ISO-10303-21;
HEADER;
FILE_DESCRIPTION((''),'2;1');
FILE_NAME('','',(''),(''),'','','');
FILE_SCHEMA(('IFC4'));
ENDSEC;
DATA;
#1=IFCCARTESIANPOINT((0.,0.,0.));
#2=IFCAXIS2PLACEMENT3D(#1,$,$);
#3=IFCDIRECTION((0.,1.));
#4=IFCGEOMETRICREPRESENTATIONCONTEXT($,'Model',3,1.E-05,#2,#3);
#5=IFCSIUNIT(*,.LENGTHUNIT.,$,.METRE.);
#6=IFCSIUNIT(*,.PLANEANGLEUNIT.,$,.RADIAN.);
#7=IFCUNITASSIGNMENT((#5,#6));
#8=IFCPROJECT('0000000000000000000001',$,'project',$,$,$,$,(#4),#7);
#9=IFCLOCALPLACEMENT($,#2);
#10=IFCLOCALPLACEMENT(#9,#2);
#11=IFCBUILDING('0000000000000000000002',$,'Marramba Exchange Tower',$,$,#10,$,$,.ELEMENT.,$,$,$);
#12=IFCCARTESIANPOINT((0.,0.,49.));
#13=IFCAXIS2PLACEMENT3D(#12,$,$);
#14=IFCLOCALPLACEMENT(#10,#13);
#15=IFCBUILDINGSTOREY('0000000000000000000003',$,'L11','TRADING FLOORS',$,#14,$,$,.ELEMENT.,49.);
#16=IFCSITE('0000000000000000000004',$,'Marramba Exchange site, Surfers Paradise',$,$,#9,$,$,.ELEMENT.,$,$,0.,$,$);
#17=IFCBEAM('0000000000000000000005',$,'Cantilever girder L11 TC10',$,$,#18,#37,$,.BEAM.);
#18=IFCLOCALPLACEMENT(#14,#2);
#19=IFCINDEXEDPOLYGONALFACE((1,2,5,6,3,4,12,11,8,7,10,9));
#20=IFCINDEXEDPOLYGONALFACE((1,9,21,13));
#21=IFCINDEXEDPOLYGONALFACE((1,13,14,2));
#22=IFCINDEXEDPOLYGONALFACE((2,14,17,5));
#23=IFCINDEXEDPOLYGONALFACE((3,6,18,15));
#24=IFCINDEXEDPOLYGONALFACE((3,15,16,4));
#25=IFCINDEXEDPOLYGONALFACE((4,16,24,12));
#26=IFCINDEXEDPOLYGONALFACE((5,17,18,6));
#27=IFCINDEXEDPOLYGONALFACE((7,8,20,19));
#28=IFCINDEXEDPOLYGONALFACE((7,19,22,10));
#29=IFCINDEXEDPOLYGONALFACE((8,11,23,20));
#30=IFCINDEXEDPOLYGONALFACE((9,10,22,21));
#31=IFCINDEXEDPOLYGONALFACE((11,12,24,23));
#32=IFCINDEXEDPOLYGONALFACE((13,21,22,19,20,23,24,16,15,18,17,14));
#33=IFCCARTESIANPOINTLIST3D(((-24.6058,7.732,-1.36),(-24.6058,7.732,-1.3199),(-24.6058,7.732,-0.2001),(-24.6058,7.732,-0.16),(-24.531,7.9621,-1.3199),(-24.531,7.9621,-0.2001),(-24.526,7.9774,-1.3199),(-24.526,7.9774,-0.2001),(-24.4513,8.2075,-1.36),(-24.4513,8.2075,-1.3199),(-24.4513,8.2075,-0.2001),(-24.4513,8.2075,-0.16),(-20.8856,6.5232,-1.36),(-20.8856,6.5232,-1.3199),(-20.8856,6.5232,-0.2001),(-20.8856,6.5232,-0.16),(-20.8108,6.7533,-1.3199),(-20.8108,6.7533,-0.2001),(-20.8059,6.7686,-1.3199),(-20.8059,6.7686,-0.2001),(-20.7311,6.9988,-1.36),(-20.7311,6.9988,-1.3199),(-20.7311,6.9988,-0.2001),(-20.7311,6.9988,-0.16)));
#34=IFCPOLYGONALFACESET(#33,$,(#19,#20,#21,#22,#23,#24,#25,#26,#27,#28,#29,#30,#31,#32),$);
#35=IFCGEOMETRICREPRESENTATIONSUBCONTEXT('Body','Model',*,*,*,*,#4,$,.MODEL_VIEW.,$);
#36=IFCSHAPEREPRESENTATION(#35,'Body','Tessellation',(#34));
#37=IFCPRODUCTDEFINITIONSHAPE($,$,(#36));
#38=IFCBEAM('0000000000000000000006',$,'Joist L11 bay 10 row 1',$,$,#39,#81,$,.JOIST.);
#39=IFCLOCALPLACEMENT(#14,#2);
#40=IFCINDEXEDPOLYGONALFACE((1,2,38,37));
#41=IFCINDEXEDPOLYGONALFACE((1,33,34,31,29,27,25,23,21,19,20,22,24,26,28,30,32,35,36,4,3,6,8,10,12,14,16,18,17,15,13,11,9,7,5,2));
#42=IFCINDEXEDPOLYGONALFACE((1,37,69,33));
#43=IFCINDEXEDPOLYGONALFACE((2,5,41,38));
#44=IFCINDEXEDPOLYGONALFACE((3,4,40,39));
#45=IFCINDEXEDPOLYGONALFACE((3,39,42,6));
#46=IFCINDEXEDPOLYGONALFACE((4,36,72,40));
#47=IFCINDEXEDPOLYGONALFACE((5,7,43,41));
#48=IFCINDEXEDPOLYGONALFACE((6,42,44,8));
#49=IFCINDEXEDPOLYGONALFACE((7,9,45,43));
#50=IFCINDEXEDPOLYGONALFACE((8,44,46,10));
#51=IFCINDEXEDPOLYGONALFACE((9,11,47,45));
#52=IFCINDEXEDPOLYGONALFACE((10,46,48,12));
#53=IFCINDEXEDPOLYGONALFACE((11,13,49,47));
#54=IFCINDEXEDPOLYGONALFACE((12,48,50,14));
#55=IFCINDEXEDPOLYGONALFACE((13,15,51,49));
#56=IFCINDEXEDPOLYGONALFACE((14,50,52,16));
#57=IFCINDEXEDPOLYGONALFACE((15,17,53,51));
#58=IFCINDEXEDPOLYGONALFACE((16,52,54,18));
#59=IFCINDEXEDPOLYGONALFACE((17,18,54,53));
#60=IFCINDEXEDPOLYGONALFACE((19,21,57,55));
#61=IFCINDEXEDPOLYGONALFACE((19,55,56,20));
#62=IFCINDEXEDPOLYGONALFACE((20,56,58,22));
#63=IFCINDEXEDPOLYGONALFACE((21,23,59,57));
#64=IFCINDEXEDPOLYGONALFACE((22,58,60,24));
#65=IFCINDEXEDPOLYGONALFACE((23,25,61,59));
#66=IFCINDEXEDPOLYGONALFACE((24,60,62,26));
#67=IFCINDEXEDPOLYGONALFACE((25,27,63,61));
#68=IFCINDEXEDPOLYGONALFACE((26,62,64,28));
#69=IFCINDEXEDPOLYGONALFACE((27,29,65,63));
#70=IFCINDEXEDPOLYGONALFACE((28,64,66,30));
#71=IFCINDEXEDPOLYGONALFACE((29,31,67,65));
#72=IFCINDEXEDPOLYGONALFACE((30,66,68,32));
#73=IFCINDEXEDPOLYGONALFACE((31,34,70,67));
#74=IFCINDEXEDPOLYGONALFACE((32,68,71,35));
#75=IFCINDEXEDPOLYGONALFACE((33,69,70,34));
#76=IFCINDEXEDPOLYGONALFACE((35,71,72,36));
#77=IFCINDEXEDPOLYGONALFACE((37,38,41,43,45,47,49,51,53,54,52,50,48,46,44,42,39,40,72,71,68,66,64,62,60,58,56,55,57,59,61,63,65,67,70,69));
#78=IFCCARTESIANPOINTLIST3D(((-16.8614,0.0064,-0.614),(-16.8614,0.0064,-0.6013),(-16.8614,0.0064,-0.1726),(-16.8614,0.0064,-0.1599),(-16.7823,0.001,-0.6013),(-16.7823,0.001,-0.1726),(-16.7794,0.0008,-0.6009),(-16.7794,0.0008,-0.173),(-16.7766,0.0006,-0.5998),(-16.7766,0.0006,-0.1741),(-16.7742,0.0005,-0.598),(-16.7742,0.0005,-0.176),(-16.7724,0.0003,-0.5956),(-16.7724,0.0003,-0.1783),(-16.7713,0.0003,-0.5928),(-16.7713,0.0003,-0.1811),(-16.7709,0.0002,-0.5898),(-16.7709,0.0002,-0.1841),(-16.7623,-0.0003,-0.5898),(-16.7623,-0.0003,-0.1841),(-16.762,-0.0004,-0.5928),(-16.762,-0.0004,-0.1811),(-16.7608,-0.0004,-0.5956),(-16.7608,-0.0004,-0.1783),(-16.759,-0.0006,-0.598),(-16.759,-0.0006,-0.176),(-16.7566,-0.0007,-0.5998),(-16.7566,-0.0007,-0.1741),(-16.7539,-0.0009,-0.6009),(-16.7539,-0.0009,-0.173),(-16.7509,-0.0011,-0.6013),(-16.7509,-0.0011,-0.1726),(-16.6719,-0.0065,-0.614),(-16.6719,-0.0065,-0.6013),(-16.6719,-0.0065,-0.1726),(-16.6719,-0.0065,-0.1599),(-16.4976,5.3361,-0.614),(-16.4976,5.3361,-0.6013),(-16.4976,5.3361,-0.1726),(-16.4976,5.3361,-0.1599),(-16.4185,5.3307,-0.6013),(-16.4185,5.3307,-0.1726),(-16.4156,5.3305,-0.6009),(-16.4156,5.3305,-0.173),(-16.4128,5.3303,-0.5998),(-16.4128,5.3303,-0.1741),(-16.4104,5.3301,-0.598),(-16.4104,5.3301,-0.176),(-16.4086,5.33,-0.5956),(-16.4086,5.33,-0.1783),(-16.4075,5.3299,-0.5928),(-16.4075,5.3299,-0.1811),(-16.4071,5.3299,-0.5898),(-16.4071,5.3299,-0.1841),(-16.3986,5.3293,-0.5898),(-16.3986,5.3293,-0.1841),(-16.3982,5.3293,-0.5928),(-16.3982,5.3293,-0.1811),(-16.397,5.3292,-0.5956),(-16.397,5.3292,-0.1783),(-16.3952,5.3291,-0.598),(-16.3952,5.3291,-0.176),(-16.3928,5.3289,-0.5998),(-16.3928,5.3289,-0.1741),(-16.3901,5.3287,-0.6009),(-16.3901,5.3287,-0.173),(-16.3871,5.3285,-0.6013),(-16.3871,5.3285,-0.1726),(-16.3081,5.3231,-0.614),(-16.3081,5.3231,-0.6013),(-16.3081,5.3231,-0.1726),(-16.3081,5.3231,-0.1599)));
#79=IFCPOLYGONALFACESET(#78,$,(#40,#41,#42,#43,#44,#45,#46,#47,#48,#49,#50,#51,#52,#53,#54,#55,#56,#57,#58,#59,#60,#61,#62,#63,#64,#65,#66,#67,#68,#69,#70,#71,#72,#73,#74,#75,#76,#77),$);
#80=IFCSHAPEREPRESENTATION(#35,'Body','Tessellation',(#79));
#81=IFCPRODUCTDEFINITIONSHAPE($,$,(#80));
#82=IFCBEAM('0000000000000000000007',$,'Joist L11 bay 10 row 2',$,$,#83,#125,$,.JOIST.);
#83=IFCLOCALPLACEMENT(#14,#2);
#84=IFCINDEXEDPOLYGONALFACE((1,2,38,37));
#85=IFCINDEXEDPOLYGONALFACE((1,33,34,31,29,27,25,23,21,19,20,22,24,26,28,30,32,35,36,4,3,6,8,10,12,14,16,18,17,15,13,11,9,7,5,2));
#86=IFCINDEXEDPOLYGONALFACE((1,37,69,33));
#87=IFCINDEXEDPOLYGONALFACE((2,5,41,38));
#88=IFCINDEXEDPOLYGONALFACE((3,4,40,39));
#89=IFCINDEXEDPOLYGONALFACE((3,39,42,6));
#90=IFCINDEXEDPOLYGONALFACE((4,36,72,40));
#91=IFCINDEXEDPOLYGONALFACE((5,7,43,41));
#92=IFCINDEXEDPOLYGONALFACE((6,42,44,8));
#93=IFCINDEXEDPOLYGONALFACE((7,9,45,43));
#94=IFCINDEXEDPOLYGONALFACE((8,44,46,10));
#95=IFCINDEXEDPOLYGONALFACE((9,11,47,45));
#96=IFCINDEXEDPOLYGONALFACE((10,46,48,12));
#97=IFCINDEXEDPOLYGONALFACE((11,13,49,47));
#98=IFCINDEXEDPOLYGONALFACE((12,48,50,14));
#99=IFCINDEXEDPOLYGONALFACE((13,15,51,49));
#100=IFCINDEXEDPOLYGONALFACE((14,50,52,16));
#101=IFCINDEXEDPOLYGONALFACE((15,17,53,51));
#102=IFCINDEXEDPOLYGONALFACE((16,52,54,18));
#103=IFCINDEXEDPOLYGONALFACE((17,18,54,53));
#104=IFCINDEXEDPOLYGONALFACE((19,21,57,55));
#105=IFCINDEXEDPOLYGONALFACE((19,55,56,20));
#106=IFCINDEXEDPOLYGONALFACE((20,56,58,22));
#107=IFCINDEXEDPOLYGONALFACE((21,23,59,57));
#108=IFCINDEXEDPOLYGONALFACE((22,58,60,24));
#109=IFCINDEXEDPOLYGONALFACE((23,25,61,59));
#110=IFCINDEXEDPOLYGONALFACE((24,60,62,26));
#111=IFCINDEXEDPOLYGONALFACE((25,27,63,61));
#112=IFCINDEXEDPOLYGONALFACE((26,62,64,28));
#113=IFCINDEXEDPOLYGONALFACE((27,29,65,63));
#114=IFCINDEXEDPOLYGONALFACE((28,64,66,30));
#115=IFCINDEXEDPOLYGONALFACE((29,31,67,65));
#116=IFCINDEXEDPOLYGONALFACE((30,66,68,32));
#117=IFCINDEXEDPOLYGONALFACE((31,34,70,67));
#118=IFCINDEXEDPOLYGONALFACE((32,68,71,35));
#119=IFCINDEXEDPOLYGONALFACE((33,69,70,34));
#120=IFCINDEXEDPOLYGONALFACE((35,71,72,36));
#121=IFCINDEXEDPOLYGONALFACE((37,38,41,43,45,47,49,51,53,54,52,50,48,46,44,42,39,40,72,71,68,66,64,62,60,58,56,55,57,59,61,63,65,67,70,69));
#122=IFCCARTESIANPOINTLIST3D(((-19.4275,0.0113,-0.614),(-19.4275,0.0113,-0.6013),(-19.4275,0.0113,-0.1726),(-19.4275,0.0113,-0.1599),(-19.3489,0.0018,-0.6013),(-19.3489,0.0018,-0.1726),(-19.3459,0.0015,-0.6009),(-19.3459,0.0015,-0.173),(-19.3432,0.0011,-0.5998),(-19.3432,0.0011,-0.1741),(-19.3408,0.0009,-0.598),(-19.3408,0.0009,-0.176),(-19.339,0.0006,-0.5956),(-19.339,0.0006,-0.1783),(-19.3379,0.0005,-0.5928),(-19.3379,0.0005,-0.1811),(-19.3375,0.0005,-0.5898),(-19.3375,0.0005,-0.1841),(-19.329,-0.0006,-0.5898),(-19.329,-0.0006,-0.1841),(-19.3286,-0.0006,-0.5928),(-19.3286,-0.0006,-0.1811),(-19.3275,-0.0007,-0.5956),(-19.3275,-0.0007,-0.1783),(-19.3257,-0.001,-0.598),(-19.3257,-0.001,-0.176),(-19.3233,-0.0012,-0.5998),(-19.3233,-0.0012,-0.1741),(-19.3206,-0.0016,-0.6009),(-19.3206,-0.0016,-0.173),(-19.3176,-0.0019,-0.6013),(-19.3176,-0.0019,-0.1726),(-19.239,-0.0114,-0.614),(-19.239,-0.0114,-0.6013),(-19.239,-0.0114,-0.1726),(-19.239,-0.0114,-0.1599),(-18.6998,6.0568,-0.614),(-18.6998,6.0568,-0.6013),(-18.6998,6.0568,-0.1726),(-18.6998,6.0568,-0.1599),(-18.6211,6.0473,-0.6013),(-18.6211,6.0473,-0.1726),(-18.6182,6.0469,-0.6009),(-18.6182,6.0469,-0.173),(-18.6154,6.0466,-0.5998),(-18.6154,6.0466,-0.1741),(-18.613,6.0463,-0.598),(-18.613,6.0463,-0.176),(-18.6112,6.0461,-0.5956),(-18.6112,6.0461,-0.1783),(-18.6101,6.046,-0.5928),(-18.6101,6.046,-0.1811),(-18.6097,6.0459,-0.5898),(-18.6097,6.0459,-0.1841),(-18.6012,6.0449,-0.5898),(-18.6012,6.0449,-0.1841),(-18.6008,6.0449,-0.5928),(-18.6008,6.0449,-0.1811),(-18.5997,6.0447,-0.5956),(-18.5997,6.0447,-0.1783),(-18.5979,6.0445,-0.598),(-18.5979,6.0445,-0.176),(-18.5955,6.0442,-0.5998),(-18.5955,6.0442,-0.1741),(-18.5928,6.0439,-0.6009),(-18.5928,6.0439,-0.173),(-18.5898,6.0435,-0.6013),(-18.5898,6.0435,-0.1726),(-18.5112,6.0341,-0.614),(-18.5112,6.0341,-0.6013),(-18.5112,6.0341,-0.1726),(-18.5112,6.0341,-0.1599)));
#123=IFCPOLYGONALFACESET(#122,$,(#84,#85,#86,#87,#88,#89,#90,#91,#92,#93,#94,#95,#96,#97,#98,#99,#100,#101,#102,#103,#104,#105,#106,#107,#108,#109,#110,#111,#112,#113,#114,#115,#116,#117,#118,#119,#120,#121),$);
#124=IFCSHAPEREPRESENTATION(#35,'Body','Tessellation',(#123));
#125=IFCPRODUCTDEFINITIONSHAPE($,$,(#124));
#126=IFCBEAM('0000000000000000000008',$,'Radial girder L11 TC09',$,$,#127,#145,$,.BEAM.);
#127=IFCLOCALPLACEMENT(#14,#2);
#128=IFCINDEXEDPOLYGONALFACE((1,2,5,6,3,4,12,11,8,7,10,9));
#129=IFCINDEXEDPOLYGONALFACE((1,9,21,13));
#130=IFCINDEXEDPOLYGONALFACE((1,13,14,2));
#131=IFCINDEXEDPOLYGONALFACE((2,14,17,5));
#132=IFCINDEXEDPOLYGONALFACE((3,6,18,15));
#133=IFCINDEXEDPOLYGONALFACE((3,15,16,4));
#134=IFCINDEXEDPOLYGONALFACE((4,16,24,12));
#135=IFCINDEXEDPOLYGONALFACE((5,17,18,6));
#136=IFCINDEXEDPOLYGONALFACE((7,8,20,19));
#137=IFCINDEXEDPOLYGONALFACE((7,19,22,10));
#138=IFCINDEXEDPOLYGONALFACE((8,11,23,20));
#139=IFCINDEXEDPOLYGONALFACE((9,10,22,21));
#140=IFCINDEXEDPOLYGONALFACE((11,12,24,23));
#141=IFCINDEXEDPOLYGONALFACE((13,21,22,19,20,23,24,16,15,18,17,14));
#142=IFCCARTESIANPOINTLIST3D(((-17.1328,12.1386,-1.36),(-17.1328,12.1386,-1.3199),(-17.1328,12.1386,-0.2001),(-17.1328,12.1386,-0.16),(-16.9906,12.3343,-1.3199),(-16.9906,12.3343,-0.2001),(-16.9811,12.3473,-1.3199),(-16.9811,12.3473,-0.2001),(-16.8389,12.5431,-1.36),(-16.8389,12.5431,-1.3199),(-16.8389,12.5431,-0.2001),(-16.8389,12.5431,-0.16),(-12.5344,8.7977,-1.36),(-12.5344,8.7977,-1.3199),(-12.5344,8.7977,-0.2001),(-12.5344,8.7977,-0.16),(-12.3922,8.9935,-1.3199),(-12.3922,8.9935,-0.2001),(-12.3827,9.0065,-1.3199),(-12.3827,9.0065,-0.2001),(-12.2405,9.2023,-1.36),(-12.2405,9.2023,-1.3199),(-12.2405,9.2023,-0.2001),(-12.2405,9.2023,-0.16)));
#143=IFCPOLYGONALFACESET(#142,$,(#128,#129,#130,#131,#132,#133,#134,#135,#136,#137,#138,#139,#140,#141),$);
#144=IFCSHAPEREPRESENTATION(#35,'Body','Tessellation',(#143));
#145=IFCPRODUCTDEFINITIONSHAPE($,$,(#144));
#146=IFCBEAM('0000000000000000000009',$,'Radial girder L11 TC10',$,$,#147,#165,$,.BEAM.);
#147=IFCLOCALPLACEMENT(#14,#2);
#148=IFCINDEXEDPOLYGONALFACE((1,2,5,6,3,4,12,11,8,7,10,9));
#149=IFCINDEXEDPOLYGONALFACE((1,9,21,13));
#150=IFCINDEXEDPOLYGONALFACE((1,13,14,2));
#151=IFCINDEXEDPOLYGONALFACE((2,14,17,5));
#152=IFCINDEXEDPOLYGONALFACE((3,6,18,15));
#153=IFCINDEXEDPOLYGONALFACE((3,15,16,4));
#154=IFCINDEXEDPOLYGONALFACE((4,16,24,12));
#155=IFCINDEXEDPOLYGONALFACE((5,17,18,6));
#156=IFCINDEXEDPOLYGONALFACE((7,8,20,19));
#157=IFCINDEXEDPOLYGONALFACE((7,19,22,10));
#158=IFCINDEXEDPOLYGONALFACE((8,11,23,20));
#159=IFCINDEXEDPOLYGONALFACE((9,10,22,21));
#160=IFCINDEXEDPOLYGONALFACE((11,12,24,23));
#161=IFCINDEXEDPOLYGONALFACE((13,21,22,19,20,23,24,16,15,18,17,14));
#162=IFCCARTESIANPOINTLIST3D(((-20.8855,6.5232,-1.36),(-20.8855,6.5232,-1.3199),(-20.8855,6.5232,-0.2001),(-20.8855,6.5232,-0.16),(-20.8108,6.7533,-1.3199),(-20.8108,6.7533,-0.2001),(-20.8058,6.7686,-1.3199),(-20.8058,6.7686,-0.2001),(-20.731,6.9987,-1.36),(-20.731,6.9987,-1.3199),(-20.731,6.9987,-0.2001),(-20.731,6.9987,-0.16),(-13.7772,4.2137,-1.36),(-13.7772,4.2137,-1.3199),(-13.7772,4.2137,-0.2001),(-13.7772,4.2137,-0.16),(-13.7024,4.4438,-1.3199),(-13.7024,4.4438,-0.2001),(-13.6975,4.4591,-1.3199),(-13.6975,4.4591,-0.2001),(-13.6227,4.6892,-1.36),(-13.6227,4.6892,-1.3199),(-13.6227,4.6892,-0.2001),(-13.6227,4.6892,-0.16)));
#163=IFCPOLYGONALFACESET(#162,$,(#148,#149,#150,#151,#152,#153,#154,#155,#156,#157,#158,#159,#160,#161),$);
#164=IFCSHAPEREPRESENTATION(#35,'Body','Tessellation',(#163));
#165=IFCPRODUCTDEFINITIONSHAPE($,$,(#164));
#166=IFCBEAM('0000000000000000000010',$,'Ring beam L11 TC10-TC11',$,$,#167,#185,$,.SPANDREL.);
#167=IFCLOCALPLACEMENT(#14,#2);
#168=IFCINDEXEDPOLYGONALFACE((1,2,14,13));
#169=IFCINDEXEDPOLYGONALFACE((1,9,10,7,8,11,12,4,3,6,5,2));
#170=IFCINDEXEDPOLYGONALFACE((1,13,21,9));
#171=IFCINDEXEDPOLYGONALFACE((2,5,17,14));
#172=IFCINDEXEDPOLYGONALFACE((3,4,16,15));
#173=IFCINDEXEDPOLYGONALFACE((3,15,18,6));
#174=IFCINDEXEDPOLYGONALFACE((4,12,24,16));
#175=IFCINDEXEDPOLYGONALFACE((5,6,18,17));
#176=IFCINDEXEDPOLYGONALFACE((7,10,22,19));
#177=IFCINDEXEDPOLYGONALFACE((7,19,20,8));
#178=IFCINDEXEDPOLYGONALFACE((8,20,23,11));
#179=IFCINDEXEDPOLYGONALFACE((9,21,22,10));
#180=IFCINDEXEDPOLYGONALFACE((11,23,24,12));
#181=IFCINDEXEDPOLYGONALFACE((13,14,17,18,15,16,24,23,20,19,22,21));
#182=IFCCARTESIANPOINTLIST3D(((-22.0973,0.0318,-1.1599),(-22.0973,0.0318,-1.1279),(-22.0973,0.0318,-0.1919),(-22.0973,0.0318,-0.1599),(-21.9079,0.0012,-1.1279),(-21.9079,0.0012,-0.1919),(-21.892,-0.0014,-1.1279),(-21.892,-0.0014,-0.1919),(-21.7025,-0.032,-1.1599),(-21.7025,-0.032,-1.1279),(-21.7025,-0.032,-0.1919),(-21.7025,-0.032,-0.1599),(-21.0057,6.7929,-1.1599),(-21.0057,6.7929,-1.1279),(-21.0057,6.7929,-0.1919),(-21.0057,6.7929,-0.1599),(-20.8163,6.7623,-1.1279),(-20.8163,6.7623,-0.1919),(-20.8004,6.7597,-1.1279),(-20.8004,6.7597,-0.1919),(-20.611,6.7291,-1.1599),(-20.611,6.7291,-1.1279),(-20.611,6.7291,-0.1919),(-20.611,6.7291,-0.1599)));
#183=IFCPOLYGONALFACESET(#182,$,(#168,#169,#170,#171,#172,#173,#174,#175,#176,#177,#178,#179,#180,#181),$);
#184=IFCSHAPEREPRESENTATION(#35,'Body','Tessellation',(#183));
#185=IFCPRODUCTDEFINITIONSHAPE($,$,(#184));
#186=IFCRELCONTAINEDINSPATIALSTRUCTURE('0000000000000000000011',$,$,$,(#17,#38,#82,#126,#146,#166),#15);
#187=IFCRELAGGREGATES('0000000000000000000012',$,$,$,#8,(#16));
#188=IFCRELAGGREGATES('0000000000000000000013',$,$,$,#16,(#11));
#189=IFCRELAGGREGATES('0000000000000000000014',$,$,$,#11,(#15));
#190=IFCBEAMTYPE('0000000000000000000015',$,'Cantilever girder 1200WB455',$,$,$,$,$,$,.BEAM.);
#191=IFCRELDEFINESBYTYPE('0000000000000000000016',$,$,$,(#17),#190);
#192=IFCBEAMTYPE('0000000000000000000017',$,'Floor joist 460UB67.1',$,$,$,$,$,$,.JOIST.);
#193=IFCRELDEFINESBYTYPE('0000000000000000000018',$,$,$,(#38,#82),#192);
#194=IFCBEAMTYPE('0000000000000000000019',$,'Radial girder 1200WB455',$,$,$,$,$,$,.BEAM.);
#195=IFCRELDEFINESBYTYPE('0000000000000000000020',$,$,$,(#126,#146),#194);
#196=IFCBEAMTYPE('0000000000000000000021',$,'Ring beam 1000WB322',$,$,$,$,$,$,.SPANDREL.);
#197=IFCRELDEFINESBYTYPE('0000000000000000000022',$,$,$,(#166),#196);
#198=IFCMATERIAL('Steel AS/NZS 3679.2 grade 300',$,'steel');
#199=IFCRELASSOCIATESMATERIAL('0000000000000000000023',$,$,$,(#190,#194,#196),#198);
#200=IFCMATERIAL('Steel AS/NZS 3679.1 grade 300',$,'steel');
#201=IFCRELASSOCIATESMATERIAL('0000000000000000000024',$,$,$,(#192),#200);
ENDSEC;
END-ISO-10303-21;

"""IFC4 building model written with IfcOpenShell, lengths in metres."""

from ifc_helpers import new_model, si_unit, direction, frame, origin, origin_2d, place, context, subcontext, project, spatial, i_section, extrude, material, material_profile, profile_set, type_object, element, save


model = new_model("IFC4")

# Units and contexts
model_context = context("Model", 3, precision=1e-05, world=origin(), true_north=direction((0.0, 1.0)))
body_context = subcontext(model_context, "Body", "Model", "MODEL_VIEW")
ifc_project = project(units=[si_unit("LENGTHUNIT", "METRE"), si_unit("PLANEANGLEUNIT", "RADIAN")], contexts=[model_context])

# Site, building, storey
site_placement = place(None, origin())
site = spatial("IfcSite", under=ifc_project, at=site_placement, Name="Marramba Exchange site, Surfers Paradise", CompositionType="ELEMENT", RefElevation=0.0)
building_placement = place(site_placement, origin())
building = spatial("IfcBuilding", under=site, at=building_placement, Name="Marramba Exchange Tower", CompositionType="ELEMENT")
storey_placement = place(building_placement, frame((0.0, 0.0, 49.0)))
storey = spatial("IfcBuildingStorey", under=building, at=storey_placement, Name="L11", Description="TRADING FLOORS", CompositionType="ELEMENT", Elevation=49.0)

# Beams
ifc_material_1 = material(Name="Steel AS/NZS 3679.2 grade 300", Category="steel")
ifc_material_profile_1 = material_profile(ifc_material_1, i_section(OverallWidth=0.5, OverallDepth=1.2, WebThickness=0.0161, FlangeThickness=0.04, at=origin_2d()), Name="1200WB455")
ifc_profile_set_1 = profile_set([ifc_material_profile_1], Name="Steel AS/NZS 3679.2 grade 300")
beam_type_1 = type_object("IfcBeamType", Name="Cantilever girder 1200WB455", PredefinedType="BEAM", material=ifc_profile_set_1)
beam_1_placement = place(storey_placement, frame((-20.8083, 6.761, -0.76), z_axis=(-0.951059, 0.30901, 0.0), x_axis=(-0.30901, -0.951059, 0.0)))
element("IfcBeam", 1, at=beam_1_placement, inside=storey, type_object=beam_type_1, Name="Cantilever girder L11 TC10", PredefinedType="BEAM", context=body_context, shape_type="SweptSolid", body=[
    extrude(i_section(OverallWidth=0.5, OverallDepth=1.2, WebThickness=0.0161, FlangeThickness=0.04, at=origin_2d()), origin(), (0.0, 0.0, 1.0), 3.9116),
])
ifc_material_2 = material(Name="Steel AS/NZS 3679.1 grade 300", Category="steel")
ifc_material_profile_2 = material_profile(ifc_material_2, i_section(OverallWidth=0.1899, OverallDepth=0.4541, WebThickness=0.0085, FlangeThickness=0.0127, FilletRadius=0.0115, at=origin_2d()), Name="460UB67.1")
ifc_profile_set_2 = profile_set([ifc_material_profile_2], Name="Steel AS/NZS 3679.1 grade 300")
beam_type_2 = type_object("IfcBeamType", Name="Floor joist 460UB67.1", PredefinedType="JOIST", material=ifc_profile_set_2)
beam_2_placement = place(storey_placement, frame((-16.4028, 5.3296, -0.387), z_axis=(-0.068096, -0.997679, 0.0), x_axis=(0.997679, -0.068096, 0.0)))
element("IfcBeam", 2, at=beam_2_placement, inside=storey, type_object=beam_type_2, Name="Joist L11 bay 10 row 1", PredefinedType="JOIST", context=body_context, shape_type="SweptSolid", body=[
    extrude(i_section(OverallWidth=0.1899, OverallDepth=0.4541, WebThickness=0.0085, FlangeThickness=0.0127, FilletRadius=0.0115, at=origin_2d()), origin(), (0.0, 0.0, 1.0), 5.342),
])
beam_3_placement = place(storey_placement, frame((-18.6055, 6.0454, -0.387), z_axis=(-0.119523, -0.992831, 0.0), x_axis=(0.992831, -0.119523, 0.0)))
element("IfcBeam", 3, at=beam_3_placement, inside=storey, type_object=beam_type_2, Name="Joist L11 bay 10 row 2", PredefinedType="JOIST", context=body_context, shape_type="SweptSolid", body=[
    extrude(i_section(OverallWidth=0.1899, OverallDepth=0.4541, WebThickness=0.0085, FlangeThickness=0.0127, FilletRadius=0.0115, at=origin_2d()), origin(), (0.0, 0.0, 1.0), 6.0891),
])
ifc_material_profile_3 = material_profile(ifc_material_1, i_section(OverallWidth=0.5, OverallDepth=1.2, WebThickness=0.0161, FlangeThickness=0.04, at=origin_2d()), Name="1200WB455")
ifc_profile_set_3 = profile_set([ifc_material_profile_3], Name="Steel AS/NZS 3679.2 grade 300")
beam_type_3 = type_object("IfcBeamType", Name="Radial girder 1200WB455", PredefinedType="BEAM", material=ifc_profile_set_3)
beam_4_placement = place(storey_placement, frame((-12.3875, 9.0, -0.76), z_axis=(-0.809026, 0.587773, 0.0), x_axis=(-0.587773, -0.809026, 0.0)))
element("IfcBeam", 4, at=beam_4_placement, inside=storey, type_object=beam_type_3, Name="Radial girder L11 TC09", PredefinedType="BEAM", context=body_context, shape_type="SweptSolid", body=[
    extrude(i_section(OverallWidth=0.5, OverallDepth=1.2, WebThickness=0.0161, FlangeThickness=0.04, at=origin_2d()), origin(), (0.0, 0.0, 1.0), 5.6838),
])
beam_5_placement = place(storey_placement, frame((-13.7, 4.4514, -0.76), z_axis=(-0.95106, 0.309006, 0.0), x_axis=(-0.309006, -0.95106, 0.0)))
element("IfcBeam", 5, at=beam_5_placement, inside=storey, type_object=beam_type_3, Name="Radial girder L11 TC10", PredefinedType="BEAM", context=body_context, shape_type="SweptSolid", body=[
    extrude(i_section(OverallWidth=0.5, OverallDepth=1.2, WebThickness=0.0161, FlangeThickness=0.04, at=origin_2d()), origin(), (0.0, 0.0, 1.0), 7.4741),
])
ifc_material_profile_4 = material_profile(ifc_material_1, i_section(OverallWidth=0.3999, OverallDepth=1.0, WebThickness=0.0161, FlangeThickness=0.032, at=origin_2d()), Name="1000WB322")
ifc_profile_set_4 = profile_set([ifc_material_profile_4], Name="Steel AS/NZS 3679.2 grade 300")
beam_type_4 = type_object("IfcBeamType", Name="Ring beam 1000WB322", PredefinedType="SPANDREL", material=ifc_profile_set_4)
beam_6_placement = place(storey_placement, frame((-20.8083, 6.761, -0.6599), z_axis=(-0.159385, -0.987217, 0.0), x_axis=(0.987217, -0.159385, 0.0)))
element("IfcBeam", 6, at=beam_6_placement, inside=storey, type_object=beam_type_4, Name="Ring beam L11 TC10-TC11", PredefinedType="SPANDREL", context=body_context, shape_type="SweptSolid", body=[
    extrude(i_section(OverallWidth=0.3999, OverallDepth=1.0, WebThickness=0.0161, FlangeThickness=0.032, at=origin_2d()), origin(), (0.0, 0.0, 1.0), 6.8486),
])

save(model, "model.ifc")
